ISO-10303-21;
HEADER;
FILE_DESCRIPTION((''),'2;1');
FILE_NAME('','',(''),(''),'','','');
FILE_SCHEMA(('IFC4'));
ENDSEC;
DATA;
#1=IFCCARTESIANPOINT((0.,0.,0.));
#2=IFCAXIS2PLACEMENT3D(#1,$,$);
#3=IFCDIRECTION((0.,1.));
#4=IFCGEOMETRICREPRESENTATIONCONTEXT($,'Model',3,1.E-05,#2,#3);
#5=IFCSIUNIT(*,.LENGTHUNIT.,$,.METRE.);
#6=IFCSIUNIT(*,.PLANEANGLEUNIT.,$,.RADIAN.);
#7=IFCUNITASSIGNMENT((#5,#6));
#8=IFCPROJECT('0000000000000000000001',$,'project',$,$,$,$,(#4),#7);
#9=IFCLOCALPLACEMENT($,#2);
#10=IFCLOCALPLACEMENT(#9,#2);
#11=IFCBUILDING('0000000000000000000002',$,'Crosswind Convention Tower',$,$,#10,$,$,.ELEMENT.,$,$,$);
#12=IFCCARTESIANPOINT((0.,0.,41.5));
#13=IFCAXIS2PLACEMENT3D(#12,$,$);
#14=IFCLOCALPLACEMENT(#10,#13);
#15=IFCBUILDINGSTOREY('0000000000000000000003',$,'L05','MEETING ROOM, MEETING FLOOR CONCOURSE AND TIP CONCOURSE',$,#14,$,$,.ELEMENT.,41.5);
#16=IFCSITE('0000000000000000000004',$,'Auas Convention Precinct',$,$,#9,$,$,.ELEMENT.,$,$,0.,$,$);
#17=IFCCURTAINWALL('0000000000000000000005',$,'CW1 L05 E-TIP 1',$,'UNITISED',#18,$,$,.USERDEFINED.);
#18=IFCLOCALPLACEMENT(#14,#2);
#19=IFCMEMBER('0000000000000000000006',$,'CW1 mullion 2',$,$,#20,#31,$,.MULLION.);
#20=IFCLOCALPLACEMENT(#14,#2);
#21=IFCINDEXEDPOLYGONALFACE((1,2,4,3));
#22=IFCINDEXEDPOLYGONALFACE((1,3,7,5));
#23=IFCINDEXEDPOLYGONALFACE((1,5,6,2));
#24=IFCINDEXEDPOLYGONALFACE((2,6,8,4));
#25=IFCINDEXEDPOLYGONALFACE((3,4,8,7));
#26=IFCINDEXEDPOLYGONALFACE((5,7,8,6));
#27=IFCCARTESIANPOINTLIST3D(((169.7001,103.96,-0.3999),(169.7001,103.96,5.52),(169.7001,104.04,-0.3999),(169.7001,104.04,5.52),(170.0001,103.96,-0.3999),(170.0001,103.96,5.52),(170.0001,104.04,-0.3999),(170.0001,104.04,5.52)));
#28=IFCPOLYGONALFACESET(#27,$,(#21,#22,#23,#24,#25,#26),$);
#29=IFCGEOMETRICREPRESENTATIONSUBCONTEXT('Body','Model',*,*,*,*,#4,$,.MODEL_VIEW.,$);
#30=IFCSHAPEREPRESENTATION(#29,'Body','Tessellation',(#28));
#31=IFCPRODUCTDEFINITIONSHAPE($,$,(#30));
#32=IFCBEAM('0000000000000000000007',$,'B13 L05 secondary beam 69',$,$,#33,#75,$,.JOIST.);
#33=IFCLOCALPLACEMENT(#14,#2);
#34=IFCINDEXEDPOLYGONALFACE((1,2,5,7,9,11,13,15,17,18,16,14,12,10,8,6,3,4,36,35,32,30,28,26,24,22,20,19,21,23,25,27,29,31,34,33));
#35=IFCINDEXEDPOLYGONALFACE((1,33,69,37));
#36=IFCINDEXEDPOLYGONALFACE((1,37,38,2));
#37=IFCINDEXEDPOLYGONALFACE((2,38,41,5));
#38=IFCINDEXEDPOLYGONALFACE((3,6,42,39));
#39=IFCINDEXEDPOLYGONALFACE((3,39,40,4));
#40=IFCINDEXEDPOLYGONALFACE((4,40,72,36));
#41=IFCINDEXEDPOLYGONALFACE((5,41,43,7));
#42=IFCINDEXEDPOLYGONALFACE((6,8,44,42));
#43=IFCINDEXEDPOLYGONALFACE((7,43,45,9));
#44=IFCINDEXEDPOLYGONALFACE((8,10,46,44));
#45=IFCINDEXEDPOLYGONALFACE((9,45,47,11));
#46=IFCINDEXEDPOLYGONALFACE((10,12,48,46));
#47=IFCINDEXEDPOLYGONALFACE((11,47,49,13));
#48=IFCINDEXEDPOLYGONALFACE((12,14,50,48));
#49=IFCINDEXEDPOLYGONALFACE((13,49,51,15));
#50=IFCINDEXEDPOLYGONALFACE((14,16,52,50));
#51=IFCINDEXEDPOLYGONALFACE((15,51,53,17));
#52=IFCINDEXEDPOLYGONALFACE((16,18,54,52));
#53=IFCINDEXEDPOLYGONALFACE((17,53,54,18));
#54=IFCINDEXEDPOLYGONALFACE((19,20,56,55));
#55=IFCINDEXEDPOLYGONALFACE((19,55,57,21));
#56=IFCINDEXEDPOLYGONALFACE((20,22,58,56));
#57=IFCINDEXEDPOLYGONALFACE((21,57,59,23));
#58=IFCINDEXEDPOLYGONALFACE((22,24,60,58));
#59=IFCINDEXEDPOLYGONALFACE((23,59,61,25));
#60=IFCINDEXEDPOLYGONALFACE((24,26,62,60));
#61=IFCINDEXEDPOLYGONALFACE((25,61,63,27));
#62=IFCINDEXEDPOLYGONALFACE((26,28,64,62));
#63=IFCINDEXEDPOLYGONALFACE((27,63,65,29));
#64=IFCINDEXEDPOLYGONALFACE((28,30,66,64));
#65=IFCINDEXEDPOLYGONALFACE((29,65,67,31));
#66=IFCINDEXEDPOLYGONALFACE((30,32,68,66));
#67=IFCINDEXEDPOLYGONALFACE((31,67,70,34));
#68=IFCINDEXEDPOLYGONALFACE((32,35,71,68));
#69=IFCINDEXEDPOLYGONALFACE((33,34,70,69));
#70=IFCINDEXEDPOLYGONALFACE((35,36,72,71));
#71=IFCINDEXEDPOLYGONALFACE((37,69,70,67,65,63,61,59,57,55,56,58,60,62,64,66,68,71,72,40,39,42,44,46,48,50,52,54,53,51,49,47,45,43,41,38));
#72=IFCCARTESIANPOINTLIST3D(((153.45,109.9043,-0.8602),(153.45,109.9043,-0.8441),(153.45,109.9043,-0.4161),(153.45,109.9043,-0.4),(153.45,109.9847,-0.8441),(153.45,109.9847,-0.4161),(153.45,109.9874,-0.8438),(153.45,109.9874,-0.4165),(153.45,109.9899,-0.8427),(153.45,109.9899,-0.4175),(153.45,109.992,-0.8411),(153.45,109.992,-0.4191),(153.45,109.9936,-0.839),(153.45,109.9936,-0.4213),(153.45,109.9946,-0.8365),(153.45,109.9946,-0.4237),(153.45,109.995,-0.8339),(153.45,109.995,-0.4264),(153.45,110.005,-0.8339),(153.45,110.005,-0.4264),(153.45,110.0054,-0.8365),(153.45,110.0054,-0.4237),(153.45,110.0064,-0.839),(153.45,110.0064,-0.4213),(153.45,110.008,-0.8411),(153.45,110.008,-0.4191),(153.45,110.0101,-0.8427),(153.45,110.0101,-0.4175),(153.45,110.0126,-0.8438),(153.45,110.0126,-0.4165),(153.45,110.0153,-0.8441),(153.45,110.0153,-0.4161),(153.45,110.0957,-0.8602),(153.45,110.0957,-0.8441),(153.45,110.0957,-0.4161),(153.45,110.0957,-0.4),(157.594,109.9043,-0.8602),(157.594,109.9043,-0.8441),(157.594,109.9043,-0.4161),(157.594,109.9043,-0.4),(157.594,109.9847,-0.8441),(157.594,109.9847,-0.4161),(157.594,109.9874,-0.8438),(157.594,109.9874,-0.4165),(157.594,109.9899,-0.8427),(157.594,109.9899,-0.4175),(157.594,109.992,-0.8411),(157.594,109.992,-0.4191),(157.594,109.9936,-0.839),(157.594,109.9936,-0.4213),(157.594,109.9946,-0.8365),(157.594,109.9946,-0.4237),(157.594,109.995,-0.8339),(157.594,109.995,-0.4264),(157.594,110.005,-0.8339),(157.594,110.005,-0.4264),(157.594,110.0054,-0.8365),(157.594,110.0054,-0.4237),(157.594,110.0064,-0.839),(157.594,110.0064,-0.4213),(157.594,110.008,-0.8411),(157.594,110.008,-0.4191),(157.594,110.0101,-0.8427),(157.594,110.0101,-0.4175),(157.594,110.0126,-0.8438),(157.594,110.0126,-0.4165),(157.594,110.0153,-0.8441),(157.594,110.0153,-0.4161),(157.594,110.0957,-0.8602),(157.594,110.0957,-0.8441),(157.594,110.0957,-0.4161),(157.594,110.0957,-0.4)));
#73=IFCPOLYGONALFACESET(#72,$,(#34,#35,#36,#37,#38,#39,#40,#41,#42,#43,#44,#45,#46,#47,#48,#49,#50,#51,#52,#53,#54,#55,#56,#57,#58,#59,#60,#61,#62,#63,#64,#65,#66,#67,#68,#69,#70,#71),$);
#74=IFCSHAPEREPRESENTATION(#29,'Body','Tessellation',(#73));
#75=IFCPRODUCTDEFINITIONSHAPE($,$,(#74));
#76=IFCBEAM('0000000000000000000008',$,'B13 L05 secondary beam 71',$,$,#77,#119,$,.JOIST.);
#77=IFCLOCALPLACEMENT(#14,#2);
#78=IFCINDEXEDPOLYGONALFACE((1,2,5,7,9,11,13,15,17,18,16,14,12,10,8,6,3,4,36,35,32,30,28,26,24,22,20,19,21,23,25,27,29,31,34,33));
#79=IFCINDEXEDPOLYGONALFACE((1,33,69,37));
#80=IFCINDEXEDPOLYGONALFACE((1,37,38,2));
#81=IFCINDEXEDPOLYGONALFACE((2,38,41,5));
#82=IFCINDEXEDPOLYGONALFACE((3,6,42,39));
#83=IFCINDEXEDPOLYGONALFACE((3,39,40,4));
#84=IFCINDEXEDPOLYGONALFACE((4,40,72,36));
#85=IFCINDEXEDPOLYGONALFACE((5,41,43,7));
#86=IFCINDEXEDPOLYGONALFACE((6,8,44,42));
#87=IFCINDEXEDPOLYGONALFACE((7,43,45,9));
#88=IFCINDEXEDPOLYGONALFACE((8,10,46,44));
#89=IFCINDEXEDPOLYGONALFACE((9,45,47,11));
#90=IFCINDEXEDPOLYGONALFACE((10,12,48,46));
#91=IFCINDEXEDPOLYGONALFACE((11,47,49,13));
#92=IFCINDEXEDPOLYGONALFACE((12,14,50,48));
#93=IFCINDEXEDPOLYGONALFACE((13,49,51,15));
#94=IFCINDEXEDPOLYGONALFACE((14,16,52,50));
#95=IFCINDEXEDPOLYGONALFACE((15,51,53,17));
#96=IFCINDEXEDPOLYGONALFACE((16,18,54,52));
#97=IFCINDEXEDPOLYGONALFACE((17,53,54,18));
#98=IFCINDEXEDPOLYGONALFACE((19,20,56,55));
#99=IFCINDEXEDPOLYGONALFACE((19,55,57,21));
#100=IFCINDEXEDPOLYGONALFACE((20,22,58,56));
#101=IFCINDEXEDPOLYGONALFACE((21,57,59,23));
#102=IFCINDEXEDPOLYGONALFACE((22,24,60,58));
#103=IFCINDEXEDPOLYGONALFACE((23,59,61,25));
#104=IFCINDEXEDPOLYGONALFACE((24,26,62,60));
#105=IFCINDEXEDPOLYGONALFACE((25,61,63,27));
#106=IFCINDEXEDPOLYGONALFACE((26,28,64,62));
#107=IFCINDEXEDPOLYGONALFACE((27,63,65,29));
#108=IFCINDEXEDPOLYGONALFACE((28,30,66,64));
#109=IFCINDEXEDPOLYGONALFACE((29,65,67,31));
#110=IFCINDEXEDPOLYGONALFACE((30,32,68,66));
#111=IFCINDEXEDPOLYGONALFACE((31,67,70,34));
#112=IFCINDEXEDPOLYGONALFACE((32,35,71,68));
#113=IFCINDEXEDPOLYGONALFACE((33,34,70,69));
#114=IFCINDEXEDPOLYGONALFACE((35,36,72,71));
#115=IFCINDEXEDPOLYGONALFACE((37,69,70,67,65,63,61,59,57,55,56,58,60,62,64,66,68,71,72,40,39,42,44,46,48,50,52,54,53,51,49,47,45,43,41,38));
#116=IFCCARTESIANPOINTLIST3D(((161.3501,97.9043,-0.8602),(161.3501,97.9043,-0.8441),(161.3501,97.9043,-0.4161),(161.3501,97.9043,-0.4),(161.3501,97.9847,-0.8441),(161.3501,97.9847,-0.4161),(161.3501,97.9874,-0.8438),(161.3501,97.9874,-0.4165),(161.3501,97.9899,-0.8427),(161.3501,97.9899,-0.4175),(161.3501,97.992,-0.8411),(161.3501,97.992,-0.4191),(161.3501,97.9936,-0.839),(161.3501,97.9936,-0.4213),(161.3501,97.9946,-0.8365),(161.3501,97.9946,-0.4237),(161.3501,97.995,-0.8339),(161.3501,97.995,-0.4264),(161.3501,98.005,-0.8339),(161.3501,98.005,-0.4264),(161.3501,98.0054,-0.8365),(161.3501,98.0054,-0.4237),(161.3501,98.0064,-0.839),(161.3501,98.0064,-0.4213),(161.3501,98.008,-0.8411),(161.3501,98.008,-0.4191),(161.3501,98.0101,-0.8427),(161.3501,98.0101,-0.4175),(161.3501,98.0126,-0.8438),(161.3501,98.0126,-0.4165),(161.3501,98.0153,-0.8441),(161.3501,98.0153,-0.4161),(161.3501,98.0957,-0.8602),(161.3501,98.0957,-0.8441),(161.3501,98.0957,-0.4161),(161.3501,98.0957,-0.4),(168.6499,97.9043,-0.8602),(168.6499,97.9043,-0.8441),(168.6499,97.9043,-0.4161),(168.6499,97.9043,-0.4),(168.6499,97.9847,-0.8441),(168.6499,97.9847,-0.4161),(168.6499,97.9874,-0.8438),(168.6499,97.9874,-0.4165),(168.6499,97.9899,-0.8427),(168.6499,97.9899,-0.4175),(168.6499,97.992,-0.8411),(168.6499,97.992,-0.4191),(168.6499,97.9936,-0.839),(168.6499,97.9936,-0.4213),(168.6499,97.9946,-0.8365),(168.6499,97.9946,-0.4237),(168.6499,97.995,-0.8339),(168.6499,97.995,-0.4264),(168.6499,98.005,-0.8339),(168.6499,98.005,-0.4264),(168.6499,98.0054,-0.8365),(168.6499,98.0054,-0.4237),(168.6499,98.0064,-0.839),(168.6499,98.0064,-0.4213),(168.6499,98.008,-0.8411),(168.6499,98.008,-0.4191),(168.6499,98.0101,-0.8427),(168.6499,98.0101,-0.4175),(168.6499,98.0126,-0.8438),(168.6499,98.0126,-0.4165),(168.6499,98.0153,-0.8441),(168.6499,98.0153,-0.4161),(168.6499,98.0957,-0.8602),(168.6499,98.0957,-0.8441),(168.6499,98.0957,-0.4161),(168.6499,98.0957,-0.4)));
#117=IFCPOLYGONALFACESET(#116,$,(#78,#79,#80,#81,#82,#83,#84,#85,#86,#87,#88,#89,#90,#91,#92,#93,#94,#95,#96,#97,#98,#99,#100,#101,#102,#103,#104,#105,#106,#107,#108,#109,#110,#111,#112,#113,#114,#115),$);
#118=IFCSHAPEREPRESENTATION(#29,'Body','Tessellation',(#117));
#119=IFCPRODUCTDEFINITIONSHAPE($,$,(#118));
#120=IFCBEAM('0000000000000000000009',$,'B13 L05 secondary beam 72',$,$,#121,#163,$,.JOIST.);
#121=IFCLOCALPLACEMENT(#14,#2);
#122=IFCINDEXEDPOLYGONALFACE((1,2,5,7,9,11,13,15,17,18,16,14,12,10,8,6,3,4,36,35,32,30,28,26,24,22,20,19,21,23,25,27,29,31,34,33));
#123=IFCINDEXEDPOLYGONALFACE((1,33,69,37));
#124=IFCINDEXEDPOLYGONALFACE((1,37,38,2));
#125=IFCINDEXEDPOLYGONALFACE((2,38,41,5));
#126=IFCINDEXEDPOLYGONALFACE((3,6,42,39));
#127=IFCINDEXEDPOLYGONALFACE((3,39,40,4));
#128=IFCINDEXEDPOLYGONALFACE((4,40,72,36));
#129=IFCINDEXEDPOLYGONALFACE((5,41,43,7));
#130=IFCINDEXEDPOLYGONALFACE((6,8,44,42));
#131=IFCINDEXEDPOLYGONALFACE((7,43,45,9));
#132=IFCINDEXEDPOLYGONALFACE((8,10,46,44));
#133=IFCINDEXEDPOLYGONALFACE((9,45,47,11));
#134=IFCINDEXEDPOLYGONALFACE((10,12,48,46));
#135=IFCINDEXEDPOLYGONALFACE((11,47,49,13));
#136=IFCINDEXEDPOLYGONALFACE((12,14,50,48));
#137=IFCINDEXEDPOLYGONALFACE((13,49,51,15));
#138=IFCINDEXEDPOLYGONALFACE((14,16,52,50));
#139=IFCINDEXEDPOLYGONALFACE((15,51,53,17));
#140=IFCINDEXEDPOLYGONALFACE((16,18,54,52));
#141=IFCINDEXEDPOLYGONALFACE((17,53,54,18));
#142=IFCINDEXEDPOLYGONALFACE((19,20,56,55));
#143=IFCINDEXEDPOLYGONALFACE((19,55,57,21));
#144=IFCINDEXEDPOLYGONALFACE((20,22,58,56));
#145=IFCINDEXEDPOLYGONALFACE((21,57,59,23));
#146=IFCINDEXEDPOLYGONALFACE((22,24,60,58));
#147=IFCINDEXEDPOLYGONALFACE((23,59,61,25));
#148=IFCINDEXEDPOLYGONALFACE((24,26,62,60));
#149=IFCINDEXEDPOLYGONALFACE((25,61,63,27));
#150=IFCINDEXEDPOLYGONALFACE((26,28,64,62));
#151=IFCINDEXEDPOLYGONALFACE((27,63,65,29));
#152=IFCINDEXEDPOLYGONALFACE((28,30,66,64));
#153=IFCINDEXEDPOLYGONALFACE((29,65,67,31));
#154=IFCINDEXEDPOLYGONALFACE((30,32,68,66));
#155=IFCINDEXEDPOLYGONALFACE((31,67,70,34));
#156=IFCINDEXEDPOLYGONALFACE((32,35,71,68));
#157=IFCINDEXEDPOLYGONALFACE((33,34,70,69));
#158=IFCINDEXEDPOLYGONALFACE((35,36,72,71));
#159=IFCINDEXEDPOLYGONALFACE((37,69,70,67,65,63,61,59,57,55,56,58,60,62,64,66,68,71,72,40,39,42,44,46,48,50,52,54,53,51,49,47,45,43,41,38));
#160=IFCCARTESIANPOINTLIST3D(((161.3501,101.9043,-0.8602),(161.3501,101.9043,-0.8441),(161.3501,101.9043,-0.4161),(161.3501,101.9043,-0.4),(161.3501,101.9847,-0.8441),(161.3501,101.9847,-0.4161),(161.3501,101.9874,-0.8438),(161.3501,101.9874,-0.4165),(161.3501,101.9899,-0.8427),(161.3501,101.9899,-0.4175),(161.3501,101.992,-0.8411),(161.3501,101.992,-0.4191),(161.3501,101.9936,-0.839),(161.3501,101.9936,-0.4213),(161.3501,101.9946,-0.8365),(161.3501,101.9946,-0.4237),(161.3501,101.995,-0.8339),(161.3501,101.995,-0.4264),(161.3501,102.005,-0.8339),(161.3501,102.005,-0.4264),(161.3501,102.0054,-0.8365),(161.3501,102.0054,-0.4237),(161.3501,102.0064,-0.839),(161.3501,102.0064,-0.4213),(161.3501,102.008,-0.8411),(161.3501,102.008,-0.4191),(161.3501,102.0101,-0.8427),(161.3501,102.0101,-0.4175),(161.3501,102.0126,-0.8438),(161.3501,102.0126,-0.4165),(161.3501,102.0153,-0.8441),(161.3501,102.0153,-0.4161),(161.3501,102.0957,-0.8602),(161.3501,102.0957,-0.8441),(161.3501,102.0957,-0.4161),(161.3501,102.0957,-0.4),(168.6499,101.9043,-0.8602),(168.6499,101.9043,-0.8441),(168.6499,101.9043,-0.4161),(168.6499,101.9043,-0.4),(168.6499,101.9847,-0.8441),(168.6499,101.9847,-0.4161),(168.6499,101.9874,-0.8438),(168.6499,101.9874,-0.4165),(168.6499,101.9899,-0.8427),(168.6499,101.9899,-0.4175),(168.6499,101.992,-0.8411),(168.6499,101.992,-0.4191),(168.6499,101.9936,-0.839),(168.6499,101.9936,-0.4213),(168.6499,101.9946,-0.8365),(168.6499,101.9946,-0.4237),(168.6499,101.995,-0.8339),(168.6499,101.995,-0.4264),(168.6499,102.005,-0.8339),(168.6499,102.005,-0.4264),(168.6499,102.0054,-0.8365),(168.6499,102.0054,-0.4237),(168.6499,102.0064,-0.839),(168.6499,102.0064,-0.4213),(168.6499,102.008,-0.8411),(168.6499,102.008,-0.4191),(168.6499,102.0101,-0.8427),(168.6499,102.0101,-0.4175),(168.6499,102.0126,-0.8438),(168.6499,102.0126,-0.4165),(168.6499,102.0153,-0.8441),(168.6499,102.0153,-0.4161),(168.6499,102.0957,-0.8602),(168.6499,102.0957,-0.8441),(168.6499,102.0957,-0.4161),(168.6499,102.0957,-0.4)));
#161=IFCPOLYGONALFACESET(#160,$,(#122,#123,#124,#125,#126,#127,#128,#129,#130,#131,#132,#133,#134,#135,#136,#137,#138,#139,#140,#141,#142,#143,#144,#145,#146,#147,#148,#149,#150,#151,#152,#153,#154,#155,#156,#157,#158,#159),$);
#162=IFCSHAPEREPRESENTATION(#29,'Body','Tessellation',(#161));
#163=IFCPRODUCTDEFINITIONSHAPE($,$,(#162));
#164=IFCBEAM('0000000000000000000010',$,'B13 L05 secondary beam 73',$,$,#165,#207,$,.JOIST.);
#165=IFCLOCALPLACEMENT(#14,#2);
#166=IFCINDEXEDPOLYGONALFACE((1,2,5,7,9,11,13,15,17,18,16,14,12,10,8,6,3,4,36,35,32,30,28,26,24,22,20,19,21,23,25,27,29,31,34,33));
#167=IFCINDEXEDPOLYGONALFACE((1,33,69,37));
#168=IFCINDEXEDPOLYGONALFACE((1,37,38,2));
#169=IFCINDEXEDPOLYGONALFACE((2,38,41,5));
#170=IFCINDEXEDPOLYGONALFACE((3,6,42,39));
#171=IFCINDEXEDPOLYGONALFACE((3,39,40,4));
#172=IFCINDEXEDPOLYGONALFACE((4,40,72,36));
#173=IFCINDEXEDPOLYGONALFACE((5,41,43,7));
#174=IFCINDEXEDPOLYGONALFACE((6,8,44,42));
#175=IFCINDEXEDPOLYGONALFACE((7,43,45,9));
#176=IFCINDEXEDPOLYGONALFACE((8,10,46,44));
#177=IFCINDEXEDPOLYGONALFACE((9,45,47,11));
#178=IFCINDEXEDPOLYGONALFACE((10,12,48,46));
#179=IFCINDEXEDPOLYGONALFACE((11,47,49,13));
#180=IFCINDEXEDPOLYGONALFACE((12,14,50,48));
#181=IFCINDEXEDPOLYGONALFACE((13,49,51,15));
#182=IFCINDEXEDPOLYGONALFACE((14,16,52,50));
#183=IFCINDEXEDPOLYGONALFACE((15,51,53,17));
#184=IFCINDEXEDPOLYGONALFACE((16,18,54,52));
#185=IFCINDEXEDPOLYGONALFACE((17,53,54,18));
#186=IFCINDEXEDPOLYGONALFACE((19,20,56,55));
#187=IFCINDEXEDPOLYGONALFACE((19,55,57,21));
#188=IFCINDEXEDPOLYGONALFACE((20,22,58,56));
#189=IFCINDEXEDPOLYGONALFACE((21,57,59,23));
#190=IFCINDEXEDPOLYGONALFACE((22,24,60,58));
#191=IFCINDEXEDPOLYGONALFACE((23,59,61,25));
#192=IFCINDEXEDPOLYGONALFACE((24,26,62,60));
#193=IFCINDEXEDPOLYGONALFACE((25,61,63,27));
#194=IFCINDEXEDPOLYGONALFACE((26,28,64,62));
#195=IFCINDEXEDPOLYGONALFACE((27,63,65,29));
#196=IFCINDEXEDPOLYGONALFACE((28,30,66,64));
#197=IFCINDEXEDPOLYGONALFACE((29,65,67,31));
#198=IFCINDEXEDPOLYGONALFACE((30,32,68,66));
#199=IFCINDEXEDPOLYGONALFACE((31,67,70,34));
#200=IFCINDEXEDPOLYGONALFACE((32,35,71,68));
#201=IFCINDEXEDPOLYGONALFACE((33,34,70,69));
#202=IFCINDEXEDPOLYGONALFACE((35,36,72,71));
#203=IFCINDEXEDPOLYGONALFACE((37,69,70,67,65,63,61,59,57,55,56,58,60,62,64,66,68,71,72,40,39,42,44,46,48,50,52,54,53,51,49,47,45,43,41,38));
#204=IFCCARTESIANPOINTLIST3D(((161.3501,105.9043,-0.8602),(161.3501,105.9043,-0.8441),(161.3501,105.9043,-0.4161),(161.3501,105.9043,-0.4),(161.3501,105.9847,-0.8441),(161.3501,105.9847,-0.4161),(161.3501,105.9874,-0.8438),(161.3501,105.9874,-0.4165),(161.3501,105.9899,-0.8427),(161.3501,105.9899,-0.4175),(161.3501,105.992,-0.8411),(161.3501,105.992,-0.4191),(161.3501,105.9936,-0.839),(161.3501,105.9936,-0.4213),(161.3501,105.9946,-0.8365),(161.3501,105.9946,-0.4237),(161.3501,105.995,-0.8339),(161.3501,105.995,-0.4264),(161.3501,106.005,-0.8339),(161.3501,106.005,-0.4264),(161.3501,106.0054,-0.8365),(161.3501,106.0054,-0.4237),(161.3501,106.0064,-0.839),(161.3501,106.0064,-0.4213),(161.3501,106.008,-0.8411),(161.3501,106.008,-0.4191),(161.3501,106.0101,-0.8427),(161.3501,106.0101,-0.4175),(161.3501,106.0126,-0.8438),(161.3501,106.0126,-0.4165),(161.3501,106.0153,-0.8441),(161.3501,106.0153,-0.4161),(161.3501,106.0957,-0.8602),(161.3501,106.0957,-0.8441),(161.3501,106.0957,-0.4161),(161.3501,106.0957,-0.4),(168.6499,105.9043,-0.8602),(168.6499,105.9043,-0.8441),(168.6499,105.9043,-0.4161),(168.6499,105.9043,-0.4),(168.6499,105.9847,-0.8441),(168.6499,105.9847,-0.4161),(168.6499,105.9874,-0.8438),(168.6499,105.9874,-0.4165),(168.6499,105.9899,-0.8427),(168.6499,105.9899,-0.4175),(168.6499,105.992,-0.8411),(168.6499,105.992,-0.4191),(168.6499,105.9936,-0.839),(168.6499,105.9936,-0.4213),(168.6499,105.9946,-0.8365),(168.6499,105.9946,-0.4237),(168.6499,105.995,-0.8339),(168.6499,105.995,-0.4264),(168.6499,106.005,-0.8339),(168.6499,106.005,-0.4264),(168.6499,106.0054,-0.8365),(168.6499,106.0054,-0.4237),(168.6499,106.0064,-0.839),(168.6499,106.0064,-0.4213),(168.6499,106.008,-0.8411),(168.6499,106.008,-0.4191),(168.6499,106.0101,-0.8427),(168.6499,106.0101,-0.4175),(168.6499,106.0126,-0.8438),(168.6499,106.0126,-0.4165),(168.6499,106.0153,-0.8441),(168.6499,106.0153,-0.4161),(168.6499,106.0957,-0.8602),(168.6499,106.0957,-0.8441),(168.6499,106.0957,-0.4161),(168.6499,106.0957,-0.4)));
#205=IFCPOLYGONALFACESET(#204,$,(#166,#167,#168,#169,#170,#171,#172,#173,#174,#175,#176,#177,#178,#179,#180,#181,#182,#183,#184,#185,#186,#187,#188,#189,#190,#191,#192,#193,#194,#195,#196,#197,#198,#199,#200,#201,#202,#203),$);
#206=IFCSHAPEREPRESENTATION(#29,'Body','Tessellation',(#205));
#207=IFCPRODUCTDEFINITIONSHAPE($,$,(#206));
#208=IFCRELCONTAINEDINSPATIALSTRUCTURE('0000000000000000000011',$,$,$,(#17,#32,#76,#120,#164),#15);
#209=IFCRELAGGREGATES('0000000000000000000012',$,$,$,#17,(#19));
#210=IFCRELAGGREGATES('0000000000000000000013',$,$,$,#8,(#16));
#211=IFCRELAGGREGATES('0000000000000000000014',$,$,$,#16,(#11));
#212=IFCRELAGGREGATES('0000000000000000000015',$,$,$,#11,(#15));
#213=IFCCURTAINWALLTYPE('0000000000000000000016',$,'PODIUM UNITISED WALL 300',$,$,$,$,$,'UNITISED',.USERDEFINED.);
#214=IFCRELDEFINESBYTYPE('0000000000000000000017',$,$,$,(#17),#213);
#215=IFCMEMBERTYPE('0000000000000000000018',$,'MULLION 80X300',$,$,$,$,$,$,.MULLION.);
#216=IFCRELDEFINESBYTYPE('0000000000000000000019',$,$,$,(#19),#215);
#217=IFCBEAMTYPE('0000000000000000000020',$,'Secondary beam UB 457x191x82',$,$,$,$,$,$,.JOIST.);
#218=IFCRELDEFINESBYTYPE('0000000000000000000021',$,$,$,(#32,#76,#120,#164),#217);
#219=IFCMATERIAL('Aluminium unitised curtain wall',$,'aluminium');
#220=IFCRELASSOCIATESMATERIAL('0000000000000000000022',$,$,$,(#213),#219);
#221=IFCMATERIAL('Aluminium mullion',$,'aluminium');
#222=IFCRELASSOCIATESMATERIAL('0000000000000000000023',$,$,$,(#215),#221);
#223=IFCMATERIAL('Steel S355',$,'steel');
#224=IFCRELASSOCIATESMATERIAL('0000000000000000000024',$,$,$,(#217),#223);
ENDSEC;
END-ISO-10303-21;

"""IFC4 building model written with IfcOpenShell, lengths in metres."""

from ifc_helpers import new_model, si_unit, direction, frame, origin, origin_2d, place, context, subcontext, project, spatial, rectangle, i_section, extrude, material, material_profile, profile_set, type_object, element, aggregate, save


model = new_model("IFC4")

# Units and contexts
model_context = context("Model", 3, precision=1e-05, world=origin(), true_north=direction((0.0, 1.0)))
body_context = subcontext(model_context, "Body", "Model", "MODEL_VIEW")
ifc_project = project(units=[si_unit("LENGTHUNIT", "METRE"), si_unit("PLANEANGLEUNIT", "RADIAN")], contexts=[model_context])

# Site, building, storey
site_placement = place(None, origin())
site = spatial("IfcSite", under=ifc_project, at=site_placement, Name="Auas Convention Precinct", CompositionType="ELEMENT", RefElevation=0.0)
building_placement = place(site_placement, origin())
building = spatial("IfcBuilding", under=site, at=building_placement, Name="Crosswind Convention Tower", CompositionType="ELEMENT")
storey_placement = place(building_placement, frame((0.0, 0.0, 41.5)))
storey = spatial("IfcBuildingStorey", under=building, at=storey_placement, Name="L05", Description="MEETING ROOM, MEETING FLOOR CONCOURSE AND TIP CONCOURSE", CompositionType="ELEMENT", Elevation=41.5)

# Curtain wall, member
ifc_material_1 = material(Name="Aluminium unitised curtain wall", Category="aluminium")
curtain_wall_type = type_object("IfcCurtainWallType", Name="PODIUM UNITISED WALL 300", ElementType="UNITISED", PredefinedType="USERDEFINED", material=ifc_material_1)
curtain_wall_placement = place(storey_placement, origin())
curtain_wall = element("IfcCurtainWall", 1, at=curtain_wall_placement, inside=storey, type_object=curtain_wall_type, Name="CW1 L05 E-TIP 1", ObjectType="UNITISED", PredefinedType="USERDEFINED")
ifc_material_2 = material(Name="Aluminium mullion", Category="aluminium")
ifc_material_profile_1 = material_profile(ifc_material_2, rectangle(XDim=0.3, YDim=0.0801, at=origin_2d()), Name="AL 300X80")
ifc_profile_set_1 = profile_set([ifc_material_profile_1], Name="Aluminium mullion")
member_type = type_object("IfcMemberType", Name="MULLION 80X300", PredefinedType="MULLION", material=ifc_profile_set_1)
member_placement = place(storey_placement, frame((169.8501, 104.0, -0.3999), z_axis=(0.0, 0.0, 1.0), x_axis=(1.0, 0.0, 0.0)))
member = element("IfcMember", 2, at=member_placement, type_object=member_type, Name="CW1 mullion 2", PredefinedType="MULLION", context=body_context, shape_type="SweptSolid", body=[
    extrude(rectangle(XDim=0.3, YDim=0.0801, at=origin_2d()), origin(), (0.0, 0.0, 1.0), 5.9199),
])

# Beams
ifc_material_3 = material(Name="Steel S355", Category="steel")
ifc_material_profile_2 = material_profile(ifc_material_3, i_section(OverallWidth=0.1914, OverallDepth=0.4602, WebThickness=0.01, FlangeThickness=0.0161, FilletRadius=0.0103, at=origin_2d()), Name="UB 457x191x82")
ifc_profile_set_2 = profile_set([ifc_material_profile_2], Name="Steel S355")
beam_type_1 = type_object("IfcBeamType", Name="Secondary beam UB 457x191x82", PredefinedType="JOIST", material=ifc_profile_set_2)
beam_1_placement = place(storey_placement, frame((153.45, 110.0, -0.6301), z_axis=(1.0, 0.0, 0.0), x_axis=(0.0, 1.0, 0.0)))
element("IfcBeam", 3, at=beam_1_placement, inside=storey, type_object=beam_type_1, Name="B13 L05 secondary beam 69", PredefinedType="JOIST", context=body_context, shape_type="SweptSolid", body=[
    extrude(i_section(OverallWidth=0.1914, OverallDepth=0.4602, WebThickness=0.01, FlangeThickness=0.0161, FilletRadius=0.0103, at=origin_2d()), origin(), (0.0, 0.0, 1.0), 4.144),
])
for number, where, z_axis, x_axis, name in (
    (4, (161.3501, 98.0, -0.6301), (1.0, 0.0, 0.0), (0.0, 1.0, 0.0), "B13 L05 secondary beam 71"),
    (5, (161.3501, 102.0, -0.6301), (1.0, 0.0, 0.0), (0.0, 1.0, 0.0), "B13 L05 secondary beam 72"),
    (6, (161.3501, 106.0, -0.6301), (1.0, 0.0, 0.0), (0.0, 1.0, 0.0), "B13 L05 secondary beam 73"),
):
    element("IfcBeam", number, at=place(storey_placement, frame(where, z_axis=z_axis, x_axis=x_axis)), inside=storey, type_object=beam_type_1, Name=name, PredefinedType="JOIST", context=body_context, shape_type="SweptSolid", body=[
        extrude(i_section(OverallWidth=0.1914, OverallDepth=0.4602, WebThickness=0.01, FlangeThickness=0.0161, FilletRadius=0.0103, at=origin_2d()), origin(), (0.0, 0.0, 1.0), 7.2998),
    ])

aggregate(curtain_wall, [member])

save(model, "model.ifc")
